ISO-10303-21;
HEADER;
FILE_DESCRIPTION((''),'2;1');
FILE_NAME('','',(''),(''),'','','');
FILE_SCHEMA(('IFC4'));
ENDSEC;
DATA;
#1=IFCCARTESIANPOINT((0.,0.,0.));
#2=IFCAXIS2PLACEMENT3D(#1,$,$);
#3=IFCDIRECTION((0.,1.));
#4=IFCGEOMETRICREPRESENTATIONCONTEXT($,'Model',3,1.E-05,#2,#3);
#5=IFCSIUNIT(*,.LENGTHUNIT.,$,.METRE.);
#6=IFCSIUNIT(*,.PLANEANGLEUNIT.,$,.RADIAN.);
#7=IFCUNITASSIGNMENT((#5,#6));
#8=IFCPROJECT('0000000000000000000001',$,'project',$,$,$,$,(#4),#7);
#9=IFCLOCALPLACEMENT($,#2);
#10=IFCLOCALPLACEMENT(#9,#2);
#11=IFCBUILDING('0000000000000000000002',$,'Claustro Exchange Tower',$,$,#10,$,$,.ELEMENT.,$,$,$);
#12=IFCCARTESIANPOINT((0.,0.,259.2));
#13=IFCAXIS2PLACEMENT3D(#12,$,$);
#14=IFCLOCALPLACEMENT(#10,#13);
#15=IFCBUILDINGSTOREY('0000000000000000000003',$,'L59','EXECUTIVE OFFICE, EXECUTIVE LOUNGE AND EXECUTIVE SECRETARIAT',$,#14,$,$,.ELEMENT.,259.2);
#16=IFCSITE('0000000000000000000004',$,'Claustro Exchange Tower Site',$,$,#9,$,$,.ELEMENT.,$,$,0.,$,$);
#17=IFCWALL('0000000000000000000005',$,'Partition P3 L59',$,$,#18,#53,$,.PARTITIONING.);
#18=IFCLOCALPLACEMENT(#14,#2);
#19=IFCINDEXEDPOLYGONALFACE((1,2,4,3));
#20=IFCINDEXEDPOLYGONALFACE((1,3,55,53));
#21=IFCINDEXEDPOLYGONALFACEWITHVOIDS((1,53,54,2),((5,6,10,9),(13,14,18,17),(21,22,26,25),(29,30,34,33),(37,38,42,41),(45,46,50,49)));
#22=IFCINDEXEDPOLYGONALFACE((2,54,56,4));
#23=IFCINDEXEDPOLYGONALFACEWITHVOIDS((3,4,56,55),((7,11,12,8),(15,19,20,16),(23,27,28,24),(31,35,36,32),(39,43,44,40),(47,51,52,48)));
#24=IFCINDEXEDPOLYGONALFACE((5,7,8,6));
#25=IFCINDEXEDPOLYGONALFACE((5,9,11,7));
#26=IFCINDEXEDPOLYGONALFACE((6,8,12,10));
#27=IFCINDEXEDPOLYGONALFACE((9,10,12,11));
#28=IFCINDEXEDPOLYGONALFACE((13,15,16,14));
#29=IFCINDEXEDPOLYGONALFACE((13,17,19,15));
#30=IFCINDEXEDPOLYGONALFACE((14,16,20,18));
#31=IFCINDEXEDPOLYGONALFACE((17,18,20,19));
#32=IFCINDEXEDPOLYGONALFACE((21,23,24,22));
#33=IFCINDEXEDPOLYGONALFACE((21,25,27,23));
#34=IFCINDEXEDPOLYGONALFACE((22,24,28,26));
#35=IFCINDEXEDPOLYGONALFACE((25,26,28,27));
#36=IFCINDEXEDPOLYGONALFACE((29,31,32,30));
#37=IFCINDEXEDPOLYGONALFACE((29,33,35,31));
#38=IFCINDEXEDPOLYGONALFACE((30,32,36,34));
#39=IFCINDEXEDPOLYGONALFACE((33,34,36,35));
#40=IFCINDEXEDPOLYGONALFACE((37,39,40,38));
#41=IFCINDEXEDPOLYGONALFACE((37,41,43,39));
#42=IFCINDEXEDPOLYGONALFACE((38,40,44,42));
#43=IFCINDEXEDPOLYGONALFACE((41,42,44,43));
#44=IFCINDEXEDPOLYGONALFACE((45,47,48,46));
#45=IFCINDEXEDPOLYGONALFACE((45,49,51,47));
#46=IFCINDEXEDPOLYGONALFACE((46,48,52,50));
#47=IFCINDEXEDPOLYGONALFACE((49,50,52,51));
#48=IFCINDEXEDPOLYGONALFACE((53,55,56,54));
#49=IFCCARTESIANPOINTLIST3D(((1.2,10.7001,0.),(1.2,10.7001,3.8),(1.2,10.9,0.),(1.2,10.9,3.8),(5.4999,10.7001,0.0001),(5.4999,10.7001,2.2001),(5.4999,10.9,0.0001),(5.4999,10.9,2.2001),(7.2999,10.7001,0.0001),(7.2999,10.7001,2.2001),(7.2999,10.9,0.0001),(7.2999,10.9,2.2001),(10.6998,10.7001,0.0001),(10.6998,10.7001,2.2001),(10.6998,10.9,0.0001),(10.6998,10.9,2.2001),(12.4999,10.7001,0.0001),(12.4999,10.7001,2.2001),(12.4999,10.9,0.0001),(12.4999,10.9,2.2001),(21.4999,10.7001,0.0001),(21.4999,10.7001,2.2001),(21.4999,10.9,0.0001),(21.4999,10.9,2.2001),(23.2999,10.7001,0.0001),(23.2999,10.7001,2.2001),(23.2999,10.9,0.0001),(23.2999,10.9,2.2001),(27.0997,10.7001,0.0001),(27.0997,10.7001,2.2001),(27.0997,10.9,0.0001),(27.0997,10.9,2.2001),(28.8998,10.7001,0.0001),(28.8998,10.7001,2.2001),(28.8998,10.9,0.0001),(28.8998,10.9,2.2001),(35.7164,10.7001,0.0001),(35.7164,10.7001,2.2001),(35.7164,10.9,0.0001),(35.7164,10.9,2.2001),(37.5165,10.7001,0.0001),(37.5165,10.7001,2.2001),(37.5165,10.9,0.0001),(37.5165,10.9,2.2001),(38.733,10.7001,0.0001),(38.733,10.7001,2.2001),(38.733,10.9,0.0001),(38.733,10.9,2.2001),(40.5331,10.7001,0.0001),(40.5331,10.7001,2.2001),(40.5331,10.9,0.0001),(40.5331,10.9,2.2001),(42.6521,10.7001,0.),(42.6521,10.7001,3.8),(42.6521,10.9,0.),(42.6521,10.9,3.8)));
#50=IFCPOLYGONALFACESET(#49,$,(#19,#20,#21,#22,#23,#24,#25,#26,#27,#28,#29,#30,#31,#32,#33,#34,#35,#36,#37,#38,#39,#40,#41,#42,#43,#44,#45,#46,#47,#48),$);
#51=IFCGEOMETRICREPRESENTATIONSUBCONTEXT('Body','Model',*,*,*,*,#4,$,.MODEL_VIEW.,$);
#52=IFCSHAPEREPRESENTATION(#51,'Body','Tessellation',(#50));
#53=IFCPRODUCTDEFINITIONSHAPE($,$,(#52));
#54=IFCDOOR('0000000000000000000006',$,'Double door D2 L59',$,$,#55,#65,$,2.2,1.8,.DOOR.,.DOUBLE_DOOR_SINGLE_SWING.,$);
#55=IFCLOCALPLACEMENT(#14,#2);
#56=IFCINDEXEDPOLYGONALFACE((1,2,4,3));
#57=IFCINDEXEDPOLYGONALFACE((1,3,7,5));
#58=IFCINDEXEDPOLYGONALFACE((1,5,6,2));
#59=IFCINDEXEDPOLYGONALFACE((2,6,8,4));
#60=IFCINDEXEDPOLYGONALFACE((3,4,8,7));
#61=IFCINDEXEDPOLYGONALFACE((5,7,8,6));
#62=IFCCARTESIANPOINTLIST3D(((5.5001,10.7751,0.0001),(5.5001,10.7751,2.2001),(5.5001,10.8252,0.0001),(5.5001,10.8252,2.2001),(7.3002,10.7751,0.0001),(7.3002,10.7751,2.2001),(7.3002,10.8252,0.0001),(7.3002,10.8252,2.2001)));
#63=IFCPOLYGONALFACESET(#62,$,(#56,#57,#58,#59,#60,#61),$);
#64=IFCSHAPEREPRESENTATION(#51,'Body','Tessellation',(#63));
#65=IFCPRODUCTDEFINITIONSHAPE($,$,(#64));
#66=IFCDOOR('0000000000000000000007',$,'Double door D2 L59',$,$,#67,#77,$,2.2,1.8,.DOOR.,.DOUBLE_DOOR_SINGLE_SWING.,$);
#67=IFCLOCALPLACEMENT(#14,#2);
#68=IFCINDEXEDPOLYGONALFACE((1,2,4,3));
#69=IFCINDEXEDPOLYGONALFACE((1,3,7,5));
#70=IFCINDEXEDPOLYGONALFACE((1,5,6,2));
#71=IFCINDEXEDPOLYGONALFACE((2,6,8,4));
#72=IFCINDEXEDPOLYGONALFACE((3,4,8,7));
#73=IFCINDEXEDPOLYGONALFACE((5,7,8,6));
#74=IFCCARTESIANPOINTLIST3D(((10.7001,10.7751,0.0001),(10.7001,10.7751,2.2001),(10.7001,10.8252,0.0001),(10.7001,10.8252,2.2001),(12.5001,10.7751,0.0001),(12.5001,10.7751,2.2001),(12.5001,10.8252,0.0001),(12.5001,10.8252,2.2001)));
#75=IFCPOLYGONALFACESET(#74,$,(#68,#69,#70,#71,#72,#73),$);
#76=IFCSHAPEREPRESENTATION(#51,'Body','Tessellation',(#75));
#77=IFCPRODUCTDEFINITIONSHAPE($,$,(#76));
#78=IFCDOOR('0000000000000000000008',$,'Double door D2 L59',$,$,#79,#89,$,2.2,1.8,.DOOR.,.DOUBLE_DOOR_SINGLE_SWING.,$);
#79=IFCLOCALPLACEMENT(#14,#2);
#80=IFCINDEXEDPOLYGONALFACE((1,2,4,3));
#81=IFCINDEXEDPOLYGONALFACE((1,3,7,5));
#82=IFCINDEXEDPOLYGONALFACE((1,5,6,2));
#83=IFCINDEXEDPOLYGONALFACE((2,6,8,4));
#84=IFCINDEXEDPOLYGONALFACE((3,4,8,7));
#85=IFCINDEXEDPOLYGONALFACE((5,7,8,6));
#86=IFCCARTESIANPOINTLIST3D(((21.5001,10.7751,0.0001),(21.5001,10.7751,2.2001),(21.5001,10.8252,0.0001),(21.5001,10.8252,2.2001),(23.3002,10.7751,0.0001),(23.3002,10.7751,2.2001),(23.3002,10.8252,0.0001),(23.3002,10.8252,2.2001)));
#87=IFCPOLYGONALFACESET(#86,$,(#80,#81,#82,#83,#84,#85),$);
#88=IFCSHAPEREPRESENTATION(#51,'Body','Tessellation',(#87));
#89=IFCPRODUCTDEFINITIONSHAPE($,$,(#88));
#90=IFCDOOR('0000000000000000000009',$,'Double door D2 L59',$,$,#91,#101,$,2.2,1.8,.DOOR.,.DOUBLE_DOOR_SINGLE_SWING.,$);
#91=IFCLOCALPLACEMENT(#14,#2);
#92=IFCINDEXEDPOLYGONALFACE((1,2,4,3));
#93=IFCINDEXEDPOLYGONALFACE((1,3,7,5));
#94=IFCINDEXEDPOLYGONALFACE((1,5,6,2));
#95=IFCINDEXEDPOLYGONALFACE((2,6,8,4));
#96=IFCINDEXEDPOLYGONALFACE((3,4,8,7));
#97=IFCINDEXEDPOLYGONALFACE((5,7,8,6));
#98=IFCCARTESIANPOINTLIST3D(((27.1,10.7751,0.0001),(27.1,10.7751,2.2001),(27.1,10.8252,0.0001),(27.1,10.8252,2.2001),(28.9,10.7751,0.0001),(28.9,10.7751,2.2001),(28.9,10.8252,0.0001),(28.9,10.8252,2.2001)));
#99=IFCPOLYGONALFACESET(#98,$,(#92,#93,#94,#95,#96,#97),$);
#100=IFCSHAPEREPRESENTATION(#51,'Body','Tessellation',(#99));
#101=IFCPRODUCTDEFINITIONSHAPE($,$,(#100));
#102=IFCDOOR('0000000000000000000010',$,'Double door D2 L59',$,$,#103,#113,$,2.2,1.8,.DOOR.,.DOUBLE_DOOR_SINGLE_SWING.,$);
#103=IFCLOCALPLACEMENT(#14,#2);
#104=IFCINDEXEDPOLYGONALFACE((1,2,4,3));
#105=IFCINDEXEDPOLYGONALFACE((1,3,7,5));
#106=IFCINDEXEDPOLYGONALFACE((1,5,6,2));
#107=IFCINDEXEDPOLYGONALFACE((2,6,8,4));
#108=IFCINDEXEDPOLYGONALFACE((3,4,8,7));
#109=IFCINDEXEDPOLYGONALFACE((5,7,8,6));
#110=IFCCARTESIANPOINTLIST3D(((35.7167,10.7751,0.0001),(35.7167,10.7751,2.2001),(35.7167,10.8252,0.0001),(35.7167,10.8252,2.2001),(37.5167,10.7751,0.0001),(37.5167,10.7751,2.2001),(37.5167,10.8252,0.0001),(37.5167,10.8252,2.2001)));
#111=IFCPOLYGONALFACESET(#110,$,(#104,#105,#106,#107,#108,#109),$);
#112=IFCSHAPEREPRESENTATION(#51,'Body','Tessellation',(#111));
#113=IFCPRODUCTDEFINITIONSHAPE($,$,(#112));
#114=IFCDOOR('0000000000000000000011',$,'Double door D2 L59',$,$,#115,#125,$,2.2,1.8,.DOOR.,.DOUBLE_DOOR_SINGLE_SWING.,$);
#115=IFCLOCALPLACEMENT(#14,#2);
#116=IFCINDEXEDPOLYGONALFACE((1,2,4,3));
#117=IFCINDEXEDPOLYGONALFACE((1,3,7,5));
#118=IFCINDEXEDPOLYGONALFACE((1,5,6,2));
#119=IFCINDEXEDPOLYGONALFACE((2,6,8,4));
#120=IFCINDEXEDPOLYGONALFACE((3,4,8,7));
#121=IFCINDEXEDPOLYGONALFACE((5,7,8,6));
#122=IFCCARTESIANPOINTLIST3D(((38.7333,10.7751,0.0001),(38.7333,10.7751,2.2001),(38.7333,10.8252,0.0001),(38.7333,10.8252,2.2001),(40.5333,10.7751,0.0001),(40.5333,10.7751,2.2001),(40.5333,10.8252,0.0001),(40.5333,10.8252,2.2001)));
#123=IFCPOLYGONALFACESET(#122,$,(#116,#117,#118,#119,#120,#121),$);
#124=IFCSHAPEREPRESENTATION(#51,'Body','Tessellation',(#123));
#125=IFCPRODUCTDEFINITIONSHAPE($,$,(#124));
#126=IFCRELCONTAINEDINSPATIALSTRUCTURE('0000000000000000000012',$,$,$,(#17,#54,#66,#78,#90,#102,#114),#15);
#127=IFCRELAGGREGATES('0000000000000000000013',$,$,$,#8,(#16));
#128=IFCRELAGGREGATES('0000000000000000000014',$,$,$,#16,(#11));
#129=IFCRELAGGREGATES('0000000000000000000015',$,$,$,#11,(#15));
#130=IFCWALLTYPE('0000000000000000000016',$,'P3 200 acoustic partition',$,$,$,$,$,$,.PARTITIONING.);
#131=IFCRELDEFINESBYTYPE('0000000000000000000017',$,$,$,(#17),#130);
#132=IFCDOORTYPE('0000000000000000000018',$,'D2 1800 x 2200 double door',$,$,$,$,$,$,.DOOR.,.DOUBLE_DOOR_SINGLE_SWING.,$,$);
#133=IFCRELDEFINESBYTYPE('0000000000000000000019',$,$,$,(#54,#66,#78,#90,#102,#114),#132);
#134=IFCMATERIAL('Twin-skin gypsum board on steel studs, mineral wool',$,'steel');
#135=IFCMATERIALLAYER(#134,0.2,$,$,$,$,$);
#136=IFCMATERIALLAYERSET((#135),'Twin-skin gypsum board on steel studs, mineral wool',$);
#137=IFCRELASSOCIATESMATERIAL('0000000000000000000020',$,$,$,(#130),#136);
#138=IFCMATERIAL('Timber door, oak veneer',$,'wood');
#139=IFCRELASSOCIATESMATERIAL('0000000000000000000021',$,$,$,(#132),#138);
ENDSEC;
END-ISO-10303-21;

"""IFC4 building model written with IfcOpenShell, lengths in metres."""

from ifc_helpers import new_model, si_unit, direction, frame, frame_2d, origin, place, context, subcontext, project, spatial, rectangle, extrude, material, layer, layer_set, type_object, element, fill, save


model = new_model("IFC4")

# Units and contexts
model_context = context("Model", 3, precision=1e-05, world=origin(), true_north=direction((0.0, 1.0)))
body_context = subcontext(model_context, "Body", "Model", "MODEL_VIEW")
ifc_project = project(units=[si_unit("LENGTHUNIT", "METRE"), si_unit("PLANEANGLEUNIT", "RADIAN")], contexts=[model_context])

# Site, building, storey
site_placement = place(None, origin())
site = spatial("IfcSite", under=ifc_project, at=site_placement, Name="Claustro Exchange Tower Site", CompositionType="ELEMENT", RefElevation=0.0)
building_placement = place(site_placement, origin())
building = spatial("IfcBuilding", under=site, at=building_placement, Name="Claustro Exchange Tower", CompositionType="ELEMENT")
storey_placement = place(building_placement, frame((0.0, 0.0, 259.2)))
storey = spatial("IfcBuildingStorey", under=building, at=storey_placement, Name="L59", Description="EXECUTIVE OFFICE, EXECUTIVE LOUNGE AND EXECUTIVE SECRETARIAT", CompositionType="ELEMENT", Elevation=259.2)

# Wall, openings, doors
ifc_material_1 = material(Name="Twin-skin gypsum board on steel studs, mineral wool", Category="steel")
ifc_layer_1 = layer(ifc_material_1, 0.2)
ifc_layer_set_1 = layer_set([ifc_layer_1], Name="Twin-skin gypsum board on steel studs, mineral wool")
wall_type_1 = type_object("IfcWallType", Name="P3 200 acoustic partition", PredefinedType="PARTITIONING", material=ifc_layer_set_1)
wall_1_placement = place(storey_placement, frame((1.2, 10.8, 0.0), z_axis=(0.0, 0.0, 1.0), x_axis=(1.0, 0.0, 0.0)))
wall_1 = element("IfcWall", 1, at=wall_1_placement, inside=storey, type_object=wall_type_1, Name="Partition P3 L59", PredefinedType="PARTITIONING", context=body_context, shape_type="SweptSolid", body=[
    extrude(rectangle(XDim=41.4521, YDim=0.2, at=frame_2d((20.7261, 0.0))), origin(), (0.0, 0.0, 1.0), 3.8),
])
opening_1_placement = place(wall_1_placement, frame((4.3, 0.0, 0.0)))
opening_1 = element("IfcOpeningElement", 2, at=opening_1_placement, cuts=wall_1, PredefinedType="OPENING", context=body_context, shape_type="SweptSolid", body=[
    extrude(rectangle(XDim=1.8, YDim=2.2, at=frame_2d((0.8999, 1.1001))), frame((0.0, 0.1099, 0.0), z_axis=(0.0, -1.0, 0.0), x_axis=(1.0, 0.0, 0.0)), (0.0, 0.0, 1.0), 0.22),
])
opening_2_placement = place(wall_1_placement, frame((9.5, 0.0, 0.0)))
opening_2 = element("IfcOpeningElement", 3, at=opening_2_placement, cuts=wall_1, PredefinedType="OPENING", context=body_context, shape_type="SweptSolid", body=[
    extrude(rectangle(XDim=1.8, YDim=2.2, at=frame_2d((0.8999, 1.1001))), frame((0.0, 0.1099, 0.0), z_axis=(0.0, -1.0, 0.0), x_axis=(1.0, 0.0, 0.0)), (0.0, 0.0, 1.0), 0.22),
])
opening_3_placement = place(wall_1_placement, frame((20.3, 0.0, 0.0)))
opening_3 = element("IfcOpeningElement", 4, at=opening_3_placement, cuts=wall_1, PredefinedType="OPENING", context=body_context, shape_type="SweptSolid", body=[
    extrude(rectangle(XDim=1.8, YDim=2.2, at=frame_2d((0.8999, 1.1001))), frame((0.0, 0.1099, 0.0), z_axis=(0.0, -1.0, 0.0), x_axis=(1.0, 0.0, 0.0)), (0.0, 0.0, 1.0), 0.22),
])
opening_4_placement = place(wall_1_placement, frame((25.8999, 0.0, 0.0)))
opening_4 = element("IfcOpeningElement", 5, at=opening_4_placement, cuts=wall_1, PredefinedType="OPENING", context=body_context, shape_type="SweptSolid", body=[
    extrude(rectangle(XDim=1.8, YDim=2.2, at=frame_2d((0.8999, 1.1001))), frame((0.0, 0.1099, 0.0), z_axis=(0.0, -1.0, 0.0), x_axis=(1.0, 0.0, 0.0)), (0.0, 0.0, 1.0), 0.22),
])
opening_5_placement = place(wall_1_placement, frame((34.5166, 0.0, 0.0)))
opening_5 = element("IfcOpeningElement", 6, at=opening_5_placement, cuts=wall_1, PredefinedType="OPENING", context=body_context, shape_type="SweptSolid", body=[
    extrude(rectangle(XDim=1.8, YDim=2.2, at=frame_2d((0.8999, 1.1001))), frame((0.0, 0.1099, 0.0), z_axis=(0.0, -1.0, 0.0), x_axis=(1.0, 0.0, 0.0)), (0.0, 0.0, 1.0), 0.22),
])
opening_6_placement = place(wall_1_placement, frame((37.5332, 0.0, 0.0)))
opening_6 = element("IfcOpeningElement", 7, at=opening_6_placement, cuts=wall_1, PredefinedType="OPENING", context=body_context, shape_type="SweptSolid", body=[
    extrude(rectangle(XDim=1.8, YDim=2.2, at=frame_2d((0.8999, 1.1001))), frame((0.0, 0.1099, 0.0), z_axis=(0.0, -1.0, 0.0), x_axis=(1.0, 0.0, 0.0)), (0.0, 0.0, 1.0), 0.22),
])
ifc_material_2 = material(Name="Timber door, oak veneer", Category="wood")
door_type_1 = type_object("IfcDoorType", Name="D2 1800 x 2200 double door", OperationType="DOUBLE_DOOR_SINGLE_SWING", PredefinedType="DOOR", material=ifc_material_2)
door_1_placement = place(opening_1_placement, frame((1.8, 0.0, 0.0), z_axis=(0.0, 0.0, 1.0), x_axis=(-1.0, 0.0, 0.0)))
door_1 = element("IfcDoor", 8, at=door_1_placement, inside=storey, type_object=door_type_1, Name="Double door D2 L59", OperationType="DOUBLE_DOOR_SINGLE_SWING", OverallHeight=2.2, OverallWidth=1.8, PredefinedType="DOOR", context=body_context, shape_type="SweptSolid", body=[
    extrude(rectangle(XDim=1.8, YDim=2.2, at=frame_2d((0.8999, 1.1001))), frame((0.0, 0.0249, 0.0), z_axis=(0.0, -1.0, 0.0), x_axis=(1.0, 0.0, 0.0)), (0.0, 0.0, 1.0), 0.05),
])
fill(opening_1, door_1)
door_2_placement = place(opening_2_placement, frame((1.8, 0.0, 0.0), z_axis=(0.0, 0.0, 1.0), x_axis=(-1.0, 0.0, 0.0)))
door_2 = element("IfcDoor", 9, at=door_2_placement, inside=storey, type_object=door_type_1, Name="Double door D2 L59", OperationType="DOUBLE_DOOR_SINGLE_SWING", OverallHeight=2.2, OverallWidth=1.8, PredefinedType="DOOR", context=body_context, shape_type="SweptSolid", body=[
    extrude(rectangle(XDim=1.8, YDim=2.2, at=frame_2d((0.8999, 1.1001))), frame((0.0, 0.0249, 0.0), z_axis=(0.0, -1.0, 0.0), x_axis=(1.0, 0.0, 0.0)), (0.0, 0.0, 1.0), 0.05),
])
fill(opening_2, door_2)
door_3_placement = place(opening_3_placement, frame((1.8, 0.0, 0.0), z_axis=(0.0, 0.0, 1.0), x_axis=(-1.0, 0.0, 0.0)))
door_3 = element("IfcDoor", 10, at=door_3_placement, inside=storey, type_object=door_type_1, Name="Double door D2 L59", OperationType="DOUBLE_DOOR_SINGLE_SWING", OverallHeight=2.2, OverallWidth=1.8, PredefinedType="DOOR", context=body_context, shape_type="SweptSolid", body=[
    extrude(rectangle(XDim=1.8, YDim=2.2, at=frame_2d((0.8999, 1.1001))), frame((0.0, 0.0249, 0.0), z_axis=(0.0, -1.0, 0.0), x_axis=(1.0, 0.0, 0.0)), (0.0, 0.0, 1.0), 0.05),
])
fill(opening_3, door_3)
door_4_placement = place(opening_4_placement, frame((1.8, 0.0, 0.0), z_axis=(0.0, 0.0, 1.0), x_axis=(-1.0, 0.0, 0.0)))
door_4 = element("IfcDoor", 11, at=door_4_placement, inside=storey, type_object=door_type_1, Name="Double door D2 L59", OperationType="DOUBLE_DOOR_SINGLE_SWING", OverallHeight=2.2, OverallWidth=1.8, PredefinedType="DOOR", context=body_context, shape_type="SweptSolid", body=[
    extrude(rectangle(XDim=1.8, YDim=2.2, at=frame_2d((0.8999, 1.1001))), frame((0.0, 0.0249, 0.0), z_axis=(0.0, -1.0, 0.0), x_axis=(1.0, 0.0, 0.0)), (0.0, 0.0, 1.0), 0.05),
])
fill(opening_4, door_4)
door_5_placement = place(opening_5_placement, frame((1.8, 0.0, 0.0), z_axis=(0.0, 0.0, 1.0), x_axis=(-1.0, 0.0, 0.0)))
door_5 = element("IfcDoor", 12, at=door_5_placement, inside=storey, type_object=door_type_1, Name="Double door D2 L59", OperationType="DOUBLE_DOOR_SINGLE_SWING", OverallHeight=2.2, OverallWidth=1.8, PredefinedType="DOOR", context=body_context, shape_type="SweptSolid", body=[
    extrude(rectangle(XDim=1.8, YDim=2.2, at=frame_2d((0.8999, 1.1001))), frame((0.0, 0.0249, 0.0), z_axis=(0.0, -1.0, 0.0), x_axis=(1.0, 0.0, 0.0)), (0.0, 0.0, 1.0), 0.05),
])
fill(opening_5, door_5)
door_6_placement = place(opening_6_placement, frame((1.8, 0.0, 0.0), z_axis=(0.0, 0.0, 1.0), x_axis=(-1.0, 0.0, 0.0)))
door_6 = element("IfcDoor", 13, at=door_6_placement, inside=storey, type_object=door_type_1, Name="Double door D2 L59", OperationType="DOUBLE_DOOR_SINGLE_SWING", OverallHeight=2.2, OverallWidth=1.8, PredefinedType="DOOR", context=body_context, shape_type="SweptSolid", body=[
    extrude(rectangle(XDim=1.8, YDim=2.2, at=frame_2d((0.8999, 1.1001))), frame((0.0, 0.0249, 0.0), z_axis=(0.0, -1.0, 0.0), x_axis=(1.0, 0.0, 0.0)), (0.0, 0.0, 1.0), 0.05),
])
fill(opening_6, door_6)

save(model, "model.ifc")
